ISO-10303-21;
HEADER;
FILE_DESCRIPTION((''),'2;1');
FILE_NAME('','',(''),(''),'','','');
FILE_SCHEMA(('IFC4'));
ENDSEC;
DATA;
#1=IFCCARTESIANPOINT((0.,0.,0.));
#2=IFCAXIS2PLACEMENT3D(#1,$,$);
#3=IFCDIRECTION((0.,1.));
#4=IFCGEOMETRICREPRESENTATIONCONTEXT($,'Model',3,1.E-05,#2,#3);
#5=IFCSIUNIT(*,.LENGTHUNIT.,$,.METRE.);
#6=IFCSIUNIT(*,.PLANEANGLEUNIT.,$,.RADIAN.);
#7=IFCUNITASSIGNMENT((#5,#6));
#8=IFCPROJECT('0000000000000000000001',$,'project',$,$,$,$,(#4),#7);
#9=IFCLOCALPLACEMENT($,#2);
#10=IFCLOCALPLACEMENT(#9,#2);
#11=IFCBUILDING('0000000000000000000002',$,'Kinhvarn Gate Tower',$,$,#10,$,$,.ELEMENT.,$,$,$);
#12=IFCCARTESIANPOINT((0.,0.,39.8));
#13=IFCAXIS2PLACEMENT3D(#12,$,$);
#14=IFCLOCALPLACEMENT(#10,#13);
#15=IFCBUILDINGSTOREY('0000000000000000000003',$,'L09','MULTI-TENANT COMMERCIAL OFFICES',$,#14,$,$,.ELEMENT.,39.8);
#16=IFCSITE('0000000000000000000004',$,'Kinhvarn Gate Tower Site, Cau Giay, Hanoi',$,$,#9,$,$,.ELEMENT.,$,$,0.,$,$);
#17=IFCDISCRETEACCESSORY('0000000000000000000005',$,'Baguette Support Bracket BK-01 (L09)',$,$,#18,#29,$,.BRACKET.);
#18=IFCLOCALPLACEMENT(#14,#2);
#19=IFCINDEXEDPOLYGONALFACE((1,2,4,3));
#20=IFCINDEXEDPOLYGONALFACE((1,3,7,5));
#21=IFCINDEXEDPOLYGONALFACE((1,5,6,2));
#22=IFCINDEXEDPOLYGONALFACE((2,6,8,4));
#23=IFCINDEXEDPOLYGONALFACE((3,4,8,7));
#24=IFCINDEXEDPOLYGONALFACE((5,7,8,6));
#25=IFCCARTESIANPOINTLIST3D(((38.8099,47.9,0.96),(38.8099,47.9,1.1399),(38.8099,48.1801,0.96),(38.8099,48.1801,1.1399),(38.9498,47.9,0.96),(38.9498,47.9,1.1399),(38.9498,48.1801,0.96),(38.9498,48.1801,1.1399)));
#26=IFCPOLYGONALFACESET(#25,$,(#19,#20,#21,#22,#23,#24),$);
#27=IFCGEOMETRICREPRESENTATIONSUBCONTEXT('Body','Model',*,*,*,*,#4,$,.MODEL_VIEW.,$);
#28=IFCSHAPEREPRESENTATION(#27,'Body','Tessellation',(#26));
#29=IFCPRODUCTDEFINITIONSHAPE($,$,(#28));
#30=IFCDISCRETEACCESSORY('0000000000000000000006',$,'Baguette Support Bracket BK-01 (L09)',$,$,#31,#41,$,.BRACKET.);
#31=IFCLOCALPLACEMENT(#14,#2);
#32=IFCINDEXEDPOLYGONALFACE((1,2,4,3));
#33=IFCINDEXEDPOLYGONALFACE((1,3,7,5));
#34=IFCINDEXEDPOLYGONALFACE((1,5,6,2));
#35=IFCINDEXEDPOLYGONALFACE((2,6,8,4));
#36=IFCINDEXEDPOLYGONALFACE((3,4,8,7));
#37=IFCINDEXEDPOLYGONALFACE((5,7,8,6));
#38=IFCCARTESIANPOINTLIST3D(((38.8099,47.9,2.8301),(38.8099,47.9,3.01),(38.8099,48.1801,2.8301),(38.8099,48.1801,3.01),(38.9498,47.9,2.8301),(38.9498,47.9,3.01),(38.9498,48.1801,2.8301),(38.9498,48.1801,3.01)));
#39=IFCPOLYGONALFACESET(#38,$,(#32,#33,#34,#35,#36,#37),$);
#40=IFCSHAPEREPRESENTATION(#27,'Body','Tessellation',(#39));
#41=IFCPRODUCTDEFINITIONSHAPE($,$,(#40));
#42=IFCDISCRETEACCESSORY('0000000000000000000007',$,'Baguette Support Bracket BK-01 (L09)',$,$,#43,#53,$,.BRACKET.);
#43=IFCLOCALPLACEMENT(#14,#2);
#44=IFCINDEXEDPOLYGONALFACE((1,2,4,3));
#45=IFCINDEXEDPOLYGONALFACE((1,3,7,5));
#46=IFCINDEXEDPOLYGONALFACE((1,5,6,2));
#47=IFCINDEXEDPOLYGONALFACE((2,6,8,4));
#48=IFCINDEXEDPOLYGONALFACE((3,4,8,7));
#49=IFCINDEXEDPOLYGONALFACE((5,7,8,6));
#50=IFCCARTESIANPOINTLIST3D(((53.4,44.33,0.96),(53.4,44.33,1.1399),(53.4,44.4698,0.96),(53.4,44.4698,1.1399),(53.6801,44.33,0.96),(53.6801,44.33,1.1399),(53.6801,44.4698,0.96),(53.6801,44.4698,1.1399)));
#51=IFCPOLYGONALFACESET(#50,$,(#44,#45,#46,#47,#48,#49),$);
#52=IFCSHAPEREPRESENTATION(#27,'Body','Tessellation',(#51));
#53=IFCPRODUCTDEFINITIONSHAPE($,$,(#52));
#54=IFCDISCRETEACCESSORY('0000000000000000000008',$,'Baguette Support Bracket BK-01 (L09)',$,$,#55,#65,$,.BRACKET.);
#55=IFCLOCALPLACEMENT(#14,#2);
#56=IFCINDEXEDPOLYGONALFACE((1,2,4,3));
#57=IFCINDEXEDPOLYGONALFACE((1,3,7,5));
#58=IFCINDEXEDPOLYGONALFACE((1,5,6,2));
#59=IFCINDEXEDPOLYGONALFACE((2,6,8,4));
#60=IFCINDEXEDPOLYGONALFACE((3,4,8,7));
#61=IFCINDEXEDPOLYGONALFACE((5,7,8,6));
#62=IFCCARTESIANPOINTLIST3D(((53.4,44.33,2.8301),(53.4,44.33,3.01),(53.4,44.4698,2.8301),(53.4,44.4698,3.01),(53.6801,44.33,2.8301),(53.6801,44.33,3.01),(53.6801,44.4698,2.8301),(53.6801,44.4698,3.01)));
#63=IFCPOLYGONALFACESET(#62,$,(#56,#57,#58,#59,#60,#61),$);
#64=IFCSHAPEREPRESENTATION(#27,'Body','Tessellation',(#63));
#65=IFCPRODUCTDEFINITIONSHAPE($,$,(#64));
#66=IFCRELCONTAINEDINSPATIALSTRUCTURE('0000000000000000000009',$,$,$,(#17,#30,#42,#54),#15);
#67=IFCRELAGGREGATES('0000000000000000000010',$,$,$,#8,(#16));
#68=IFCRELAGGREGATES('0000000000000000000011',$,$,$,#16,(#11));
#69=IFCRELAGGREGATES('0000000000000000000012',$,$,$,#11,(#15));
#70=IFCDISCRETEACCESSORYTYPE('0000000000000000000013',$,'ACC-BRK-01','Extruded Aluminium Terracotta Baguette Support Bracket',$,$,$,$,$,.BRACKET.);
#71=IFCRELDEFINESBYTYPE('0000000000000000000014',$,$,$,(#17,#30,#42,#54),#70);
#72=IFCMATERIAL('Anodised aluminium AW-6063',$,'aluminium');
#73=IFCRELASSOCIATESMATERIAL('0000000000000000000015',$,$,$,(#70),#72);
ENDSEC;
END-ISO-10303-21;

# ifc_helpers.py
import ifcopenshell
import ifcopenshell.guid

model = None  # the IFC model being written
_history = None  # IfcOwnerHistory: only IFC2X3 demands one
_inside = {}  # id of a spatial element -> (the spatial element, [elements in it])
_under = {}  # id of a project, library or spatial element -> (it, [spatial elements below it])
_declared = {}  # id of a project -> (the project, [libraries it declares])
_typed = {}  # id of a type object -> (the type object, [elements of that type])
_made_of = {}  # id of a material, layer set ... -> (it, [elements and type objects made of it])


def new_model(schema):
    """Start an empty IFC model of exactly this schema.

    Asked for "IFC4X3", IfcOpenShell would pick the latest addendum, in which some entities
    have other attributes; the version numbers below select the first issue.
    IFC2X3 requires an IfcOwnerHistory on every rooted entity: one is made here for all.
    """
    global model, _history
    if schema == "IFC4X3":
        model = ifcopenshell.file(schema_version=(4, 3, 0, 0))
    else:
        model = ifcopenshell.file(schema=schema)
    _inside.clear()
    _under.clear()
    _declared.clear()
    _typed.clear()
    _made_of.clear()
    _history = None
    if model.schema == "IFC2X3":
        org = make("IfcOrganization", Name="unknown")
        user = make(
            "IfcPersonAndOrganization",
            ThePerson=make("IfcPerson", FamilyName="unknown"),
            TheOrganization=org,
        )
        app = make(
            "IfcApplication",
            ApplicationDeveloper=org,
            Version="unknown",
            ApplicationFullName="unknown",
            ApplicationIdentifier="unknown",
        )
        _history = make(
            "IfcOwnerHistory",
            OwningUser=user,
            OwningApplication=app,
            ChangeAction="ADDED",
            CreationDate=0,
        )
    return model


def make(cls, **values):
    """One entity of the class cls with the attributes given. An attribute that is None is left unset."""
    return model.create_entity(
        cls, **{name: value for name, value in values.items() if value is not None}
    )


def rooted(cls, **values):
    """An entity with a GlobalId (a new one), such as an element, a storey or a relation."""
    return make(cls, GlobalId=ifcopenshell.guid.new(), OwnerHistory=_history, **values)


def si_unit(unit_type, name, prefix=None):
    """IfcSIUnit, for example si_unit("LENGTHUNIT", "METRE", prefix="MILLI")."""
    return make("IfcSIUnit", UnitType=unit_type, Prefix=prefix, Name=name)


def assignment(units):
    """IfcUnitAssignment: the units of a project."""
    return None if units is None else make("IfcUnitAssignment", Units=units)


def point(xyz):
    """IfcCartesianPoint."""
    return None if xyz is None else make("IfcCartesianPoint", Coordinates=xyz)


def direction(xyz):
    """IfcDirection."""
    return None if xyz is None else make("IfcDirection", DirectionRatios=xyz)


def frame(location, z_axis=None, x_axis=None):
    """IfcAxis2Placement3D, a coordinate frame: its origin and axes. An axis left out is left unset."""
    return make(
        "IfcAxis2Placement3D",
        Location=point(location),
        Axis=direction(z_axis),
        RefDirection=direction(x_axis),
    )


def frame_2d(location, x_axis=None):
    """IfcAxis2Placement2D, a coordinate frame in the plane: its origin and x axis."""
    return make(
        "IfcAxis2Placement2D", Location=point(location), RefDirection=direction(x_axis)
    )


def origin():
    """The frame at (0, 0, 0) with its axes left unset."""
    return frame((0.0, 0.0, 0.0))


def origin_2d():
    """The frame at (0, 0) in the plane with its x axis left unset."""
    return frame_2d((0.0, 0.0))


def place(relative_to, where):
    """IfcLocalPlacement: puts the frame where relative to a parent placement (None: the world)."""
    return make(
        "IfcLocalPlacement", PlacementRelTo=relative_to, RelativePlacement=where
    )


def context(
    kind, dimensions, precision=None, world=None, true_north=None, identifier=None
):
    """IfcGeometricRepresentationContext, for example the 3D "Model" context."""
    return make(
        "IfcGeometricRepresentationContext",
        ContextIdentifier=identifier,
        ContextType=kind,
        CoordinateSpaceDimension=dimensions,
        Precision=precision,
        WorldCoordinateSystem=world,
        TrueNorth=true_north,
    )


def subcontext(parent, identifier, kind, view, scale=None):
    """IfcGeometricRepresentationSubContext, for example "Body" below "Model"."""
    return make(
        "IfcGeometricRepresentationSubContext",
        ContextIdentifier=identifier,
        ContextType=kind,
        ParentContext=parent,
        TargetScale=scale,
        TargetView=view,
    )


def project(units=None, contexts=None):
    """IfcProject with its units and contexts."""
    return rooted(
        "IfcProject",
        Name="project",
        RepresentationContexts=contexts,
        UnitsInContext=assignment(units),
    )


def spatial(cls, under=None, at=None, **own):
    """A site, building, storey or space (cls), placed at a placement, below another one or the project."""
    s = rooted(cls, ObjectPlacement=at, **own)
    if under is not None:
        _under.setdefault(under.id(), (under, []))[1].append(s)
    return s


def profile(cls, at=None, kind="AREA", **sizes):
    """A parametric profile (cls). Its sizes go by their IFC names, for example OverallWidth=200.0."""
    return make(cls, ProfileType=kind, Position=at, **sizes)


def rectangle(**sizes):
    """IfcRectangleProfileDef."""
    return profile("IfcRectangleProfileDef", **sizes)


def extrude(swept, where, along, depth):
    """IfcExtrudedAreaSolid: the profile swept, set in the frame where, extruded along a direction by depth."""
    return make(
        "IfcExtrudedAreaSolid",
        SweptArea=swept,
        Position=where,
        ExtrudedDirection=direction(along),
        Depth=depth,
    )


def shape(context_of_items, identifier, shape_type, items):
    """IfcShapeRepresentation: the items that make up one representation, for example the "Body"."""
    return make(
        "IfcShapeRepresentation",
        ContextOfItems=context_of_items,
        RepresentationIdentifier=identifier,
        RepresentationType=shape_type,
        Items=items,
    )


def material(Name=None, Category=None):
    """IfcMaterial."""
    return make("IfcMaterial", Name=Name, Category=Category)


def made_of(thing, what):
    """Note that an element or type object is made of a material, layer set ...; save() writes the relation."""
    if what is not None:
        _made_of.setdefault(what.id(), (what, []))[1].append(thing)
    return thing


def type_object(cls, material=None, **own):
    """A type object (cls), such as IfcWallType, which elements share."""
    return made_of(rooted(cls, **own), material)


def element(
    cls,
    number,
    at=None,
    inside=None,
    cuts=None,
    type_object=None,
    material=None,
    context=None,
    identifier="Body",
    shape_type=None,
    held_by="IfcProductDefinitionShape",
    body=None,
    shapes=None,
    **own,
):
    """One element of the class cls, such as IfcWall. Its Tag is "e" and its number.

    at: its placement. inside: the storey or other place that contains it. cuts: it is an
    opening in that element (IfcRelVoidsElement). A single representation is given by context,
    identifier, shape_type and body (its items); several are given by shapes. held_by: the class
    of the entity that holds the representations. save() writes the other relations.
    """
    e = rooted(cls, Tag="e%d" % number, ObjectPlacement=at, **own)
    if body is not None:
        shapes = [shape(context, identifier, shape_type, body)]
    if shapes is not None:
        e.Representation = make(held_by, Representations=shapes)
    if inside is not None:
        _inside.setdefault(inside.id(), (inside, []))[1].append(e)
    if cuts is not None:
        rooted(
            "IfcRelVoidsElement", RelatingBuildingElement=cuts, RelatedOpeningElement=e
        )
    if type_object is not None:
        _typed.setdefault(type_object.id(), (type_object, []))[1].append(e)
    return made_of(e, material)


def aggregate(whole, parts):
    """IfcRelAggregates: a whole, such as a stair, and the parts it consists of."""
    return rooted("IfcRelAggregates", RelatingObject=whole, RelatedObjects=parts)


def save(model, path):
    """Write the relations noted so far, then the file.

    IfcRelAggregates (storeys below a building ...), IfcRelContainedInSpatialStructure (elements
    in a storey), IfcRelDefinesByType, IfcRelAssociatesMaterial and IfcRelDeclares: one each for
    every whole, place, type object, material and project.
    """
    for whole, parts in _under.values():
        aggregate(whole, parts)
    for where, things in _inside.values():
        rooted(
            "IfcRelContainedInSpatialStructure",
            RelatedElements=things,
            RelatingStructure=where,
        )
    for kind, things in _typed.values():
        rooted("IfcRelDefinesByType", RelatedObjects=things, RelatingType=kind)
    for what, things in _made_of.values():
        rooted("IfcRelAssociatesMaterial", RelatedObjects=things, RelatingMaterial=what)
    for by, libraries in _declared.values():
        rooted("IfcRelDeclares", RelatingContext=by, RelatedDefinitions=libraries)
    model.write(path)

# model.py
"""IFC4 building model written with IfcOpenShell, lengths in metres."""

from ifc_helpers import new_model, si_unit, direction, frame, origin, origin_2d, place, context, subcontext, project, spatial, rectangle, extrude, material, type_object, element, save


model = new_model("IFC4")

# Units and contexts
model_context = context("Model", 3, precision=1e-05, world=origin(), true_north=direction((0.0, 1.0)))
body_context = subcontext(model_context, "Body", "Model", "MODEL_VIEW")
ifc_project = project(units=[si_unit("LENGTHUNIT", "METRE"), si_unit("PLANEANGLEUNIT", "RADIAN")], contexts=[model_context])

# Site, building, storey
site_placement = place(None, origin())
site = spatial("IfcSite", under=ifc_project, at=site_placement, Name="Kinhvarn Gate Tower Site, Cau Giay, Hanoi", CompositionType="ELEMENT", RefElevation=0.0)
building_placement = place(site_placement, origin())
building = spatial("IfcBuilding", under=site, at=building_placement, Name="Kinhvarn Gate Tower", CompositionType="ELEMENT")
storey_placement = place(building_placement, frame((0.0, 0.0, 39.8)))
storey = spatial("IfcBuildingStorey", under=building, at=storey_placement, Name="L09", Description="MULTI-TENANT COMMERCIAL OFFICES", CompositionType="ELEMENT", Elevation=39.8)

# Shared definitions
ifc_material_1 = material(Name="Anodised aluminium AW-6063", Category="aluminium")

# Discrete accessories
discrete_accessory_type = type_object("IfcDiscreteAccessoryType", Name="ACC-BRK-01", Description="Extruded Aluminium Terracotta Baguette Support Bracket", PredefinedType="BRACKET", material=ifc_material_1)
for number, where, z_axis, x_axis, name in (
    (1, (38.8799, 48.04, 0.96), (0.0, 0.0, 1.0), (-1.0, 0.0, 0.0), "Baguette Support Bracket BK-01 (L09)"),
    (2, (38.8799, 48.04, 2.8301), (0.0, 0.0, 1.0), (-1.0, 0.0, 0.0), "Baguette Support Bracket BK-01 (L09)"),
    (3, (53.54, 44.3999, 0.96), (0.0, 0.0, 1.0), (0.0, 1.0, 0.0), "Baguette Support Bracket BK-01 (L09)"),
    (4, (53.54, 44.3999, 2.8301), (0.0, 0.0, 1.0), (0.0, 1.0, 0.0), "Baguette Support Bracket BK-01 (L09)"),
):
    element("IfcDiscreteAccessory", number, at=place(storey_placement, frame(where, z_axis=z_axis, x_axis=x_axis)), inside=storey, type_object=discrete_accessory_type, Name=name, PredefinedType="BRACKET", context=body_context, shape_type="SweptSolid", body=[
        extrude(rectangle(XDim=0.1399, YDim=0.28, at=origin_2d()), origin(), (0.0, 0.0, 1.0), 0.1799),
    ])

save(model, "model.ifc")
